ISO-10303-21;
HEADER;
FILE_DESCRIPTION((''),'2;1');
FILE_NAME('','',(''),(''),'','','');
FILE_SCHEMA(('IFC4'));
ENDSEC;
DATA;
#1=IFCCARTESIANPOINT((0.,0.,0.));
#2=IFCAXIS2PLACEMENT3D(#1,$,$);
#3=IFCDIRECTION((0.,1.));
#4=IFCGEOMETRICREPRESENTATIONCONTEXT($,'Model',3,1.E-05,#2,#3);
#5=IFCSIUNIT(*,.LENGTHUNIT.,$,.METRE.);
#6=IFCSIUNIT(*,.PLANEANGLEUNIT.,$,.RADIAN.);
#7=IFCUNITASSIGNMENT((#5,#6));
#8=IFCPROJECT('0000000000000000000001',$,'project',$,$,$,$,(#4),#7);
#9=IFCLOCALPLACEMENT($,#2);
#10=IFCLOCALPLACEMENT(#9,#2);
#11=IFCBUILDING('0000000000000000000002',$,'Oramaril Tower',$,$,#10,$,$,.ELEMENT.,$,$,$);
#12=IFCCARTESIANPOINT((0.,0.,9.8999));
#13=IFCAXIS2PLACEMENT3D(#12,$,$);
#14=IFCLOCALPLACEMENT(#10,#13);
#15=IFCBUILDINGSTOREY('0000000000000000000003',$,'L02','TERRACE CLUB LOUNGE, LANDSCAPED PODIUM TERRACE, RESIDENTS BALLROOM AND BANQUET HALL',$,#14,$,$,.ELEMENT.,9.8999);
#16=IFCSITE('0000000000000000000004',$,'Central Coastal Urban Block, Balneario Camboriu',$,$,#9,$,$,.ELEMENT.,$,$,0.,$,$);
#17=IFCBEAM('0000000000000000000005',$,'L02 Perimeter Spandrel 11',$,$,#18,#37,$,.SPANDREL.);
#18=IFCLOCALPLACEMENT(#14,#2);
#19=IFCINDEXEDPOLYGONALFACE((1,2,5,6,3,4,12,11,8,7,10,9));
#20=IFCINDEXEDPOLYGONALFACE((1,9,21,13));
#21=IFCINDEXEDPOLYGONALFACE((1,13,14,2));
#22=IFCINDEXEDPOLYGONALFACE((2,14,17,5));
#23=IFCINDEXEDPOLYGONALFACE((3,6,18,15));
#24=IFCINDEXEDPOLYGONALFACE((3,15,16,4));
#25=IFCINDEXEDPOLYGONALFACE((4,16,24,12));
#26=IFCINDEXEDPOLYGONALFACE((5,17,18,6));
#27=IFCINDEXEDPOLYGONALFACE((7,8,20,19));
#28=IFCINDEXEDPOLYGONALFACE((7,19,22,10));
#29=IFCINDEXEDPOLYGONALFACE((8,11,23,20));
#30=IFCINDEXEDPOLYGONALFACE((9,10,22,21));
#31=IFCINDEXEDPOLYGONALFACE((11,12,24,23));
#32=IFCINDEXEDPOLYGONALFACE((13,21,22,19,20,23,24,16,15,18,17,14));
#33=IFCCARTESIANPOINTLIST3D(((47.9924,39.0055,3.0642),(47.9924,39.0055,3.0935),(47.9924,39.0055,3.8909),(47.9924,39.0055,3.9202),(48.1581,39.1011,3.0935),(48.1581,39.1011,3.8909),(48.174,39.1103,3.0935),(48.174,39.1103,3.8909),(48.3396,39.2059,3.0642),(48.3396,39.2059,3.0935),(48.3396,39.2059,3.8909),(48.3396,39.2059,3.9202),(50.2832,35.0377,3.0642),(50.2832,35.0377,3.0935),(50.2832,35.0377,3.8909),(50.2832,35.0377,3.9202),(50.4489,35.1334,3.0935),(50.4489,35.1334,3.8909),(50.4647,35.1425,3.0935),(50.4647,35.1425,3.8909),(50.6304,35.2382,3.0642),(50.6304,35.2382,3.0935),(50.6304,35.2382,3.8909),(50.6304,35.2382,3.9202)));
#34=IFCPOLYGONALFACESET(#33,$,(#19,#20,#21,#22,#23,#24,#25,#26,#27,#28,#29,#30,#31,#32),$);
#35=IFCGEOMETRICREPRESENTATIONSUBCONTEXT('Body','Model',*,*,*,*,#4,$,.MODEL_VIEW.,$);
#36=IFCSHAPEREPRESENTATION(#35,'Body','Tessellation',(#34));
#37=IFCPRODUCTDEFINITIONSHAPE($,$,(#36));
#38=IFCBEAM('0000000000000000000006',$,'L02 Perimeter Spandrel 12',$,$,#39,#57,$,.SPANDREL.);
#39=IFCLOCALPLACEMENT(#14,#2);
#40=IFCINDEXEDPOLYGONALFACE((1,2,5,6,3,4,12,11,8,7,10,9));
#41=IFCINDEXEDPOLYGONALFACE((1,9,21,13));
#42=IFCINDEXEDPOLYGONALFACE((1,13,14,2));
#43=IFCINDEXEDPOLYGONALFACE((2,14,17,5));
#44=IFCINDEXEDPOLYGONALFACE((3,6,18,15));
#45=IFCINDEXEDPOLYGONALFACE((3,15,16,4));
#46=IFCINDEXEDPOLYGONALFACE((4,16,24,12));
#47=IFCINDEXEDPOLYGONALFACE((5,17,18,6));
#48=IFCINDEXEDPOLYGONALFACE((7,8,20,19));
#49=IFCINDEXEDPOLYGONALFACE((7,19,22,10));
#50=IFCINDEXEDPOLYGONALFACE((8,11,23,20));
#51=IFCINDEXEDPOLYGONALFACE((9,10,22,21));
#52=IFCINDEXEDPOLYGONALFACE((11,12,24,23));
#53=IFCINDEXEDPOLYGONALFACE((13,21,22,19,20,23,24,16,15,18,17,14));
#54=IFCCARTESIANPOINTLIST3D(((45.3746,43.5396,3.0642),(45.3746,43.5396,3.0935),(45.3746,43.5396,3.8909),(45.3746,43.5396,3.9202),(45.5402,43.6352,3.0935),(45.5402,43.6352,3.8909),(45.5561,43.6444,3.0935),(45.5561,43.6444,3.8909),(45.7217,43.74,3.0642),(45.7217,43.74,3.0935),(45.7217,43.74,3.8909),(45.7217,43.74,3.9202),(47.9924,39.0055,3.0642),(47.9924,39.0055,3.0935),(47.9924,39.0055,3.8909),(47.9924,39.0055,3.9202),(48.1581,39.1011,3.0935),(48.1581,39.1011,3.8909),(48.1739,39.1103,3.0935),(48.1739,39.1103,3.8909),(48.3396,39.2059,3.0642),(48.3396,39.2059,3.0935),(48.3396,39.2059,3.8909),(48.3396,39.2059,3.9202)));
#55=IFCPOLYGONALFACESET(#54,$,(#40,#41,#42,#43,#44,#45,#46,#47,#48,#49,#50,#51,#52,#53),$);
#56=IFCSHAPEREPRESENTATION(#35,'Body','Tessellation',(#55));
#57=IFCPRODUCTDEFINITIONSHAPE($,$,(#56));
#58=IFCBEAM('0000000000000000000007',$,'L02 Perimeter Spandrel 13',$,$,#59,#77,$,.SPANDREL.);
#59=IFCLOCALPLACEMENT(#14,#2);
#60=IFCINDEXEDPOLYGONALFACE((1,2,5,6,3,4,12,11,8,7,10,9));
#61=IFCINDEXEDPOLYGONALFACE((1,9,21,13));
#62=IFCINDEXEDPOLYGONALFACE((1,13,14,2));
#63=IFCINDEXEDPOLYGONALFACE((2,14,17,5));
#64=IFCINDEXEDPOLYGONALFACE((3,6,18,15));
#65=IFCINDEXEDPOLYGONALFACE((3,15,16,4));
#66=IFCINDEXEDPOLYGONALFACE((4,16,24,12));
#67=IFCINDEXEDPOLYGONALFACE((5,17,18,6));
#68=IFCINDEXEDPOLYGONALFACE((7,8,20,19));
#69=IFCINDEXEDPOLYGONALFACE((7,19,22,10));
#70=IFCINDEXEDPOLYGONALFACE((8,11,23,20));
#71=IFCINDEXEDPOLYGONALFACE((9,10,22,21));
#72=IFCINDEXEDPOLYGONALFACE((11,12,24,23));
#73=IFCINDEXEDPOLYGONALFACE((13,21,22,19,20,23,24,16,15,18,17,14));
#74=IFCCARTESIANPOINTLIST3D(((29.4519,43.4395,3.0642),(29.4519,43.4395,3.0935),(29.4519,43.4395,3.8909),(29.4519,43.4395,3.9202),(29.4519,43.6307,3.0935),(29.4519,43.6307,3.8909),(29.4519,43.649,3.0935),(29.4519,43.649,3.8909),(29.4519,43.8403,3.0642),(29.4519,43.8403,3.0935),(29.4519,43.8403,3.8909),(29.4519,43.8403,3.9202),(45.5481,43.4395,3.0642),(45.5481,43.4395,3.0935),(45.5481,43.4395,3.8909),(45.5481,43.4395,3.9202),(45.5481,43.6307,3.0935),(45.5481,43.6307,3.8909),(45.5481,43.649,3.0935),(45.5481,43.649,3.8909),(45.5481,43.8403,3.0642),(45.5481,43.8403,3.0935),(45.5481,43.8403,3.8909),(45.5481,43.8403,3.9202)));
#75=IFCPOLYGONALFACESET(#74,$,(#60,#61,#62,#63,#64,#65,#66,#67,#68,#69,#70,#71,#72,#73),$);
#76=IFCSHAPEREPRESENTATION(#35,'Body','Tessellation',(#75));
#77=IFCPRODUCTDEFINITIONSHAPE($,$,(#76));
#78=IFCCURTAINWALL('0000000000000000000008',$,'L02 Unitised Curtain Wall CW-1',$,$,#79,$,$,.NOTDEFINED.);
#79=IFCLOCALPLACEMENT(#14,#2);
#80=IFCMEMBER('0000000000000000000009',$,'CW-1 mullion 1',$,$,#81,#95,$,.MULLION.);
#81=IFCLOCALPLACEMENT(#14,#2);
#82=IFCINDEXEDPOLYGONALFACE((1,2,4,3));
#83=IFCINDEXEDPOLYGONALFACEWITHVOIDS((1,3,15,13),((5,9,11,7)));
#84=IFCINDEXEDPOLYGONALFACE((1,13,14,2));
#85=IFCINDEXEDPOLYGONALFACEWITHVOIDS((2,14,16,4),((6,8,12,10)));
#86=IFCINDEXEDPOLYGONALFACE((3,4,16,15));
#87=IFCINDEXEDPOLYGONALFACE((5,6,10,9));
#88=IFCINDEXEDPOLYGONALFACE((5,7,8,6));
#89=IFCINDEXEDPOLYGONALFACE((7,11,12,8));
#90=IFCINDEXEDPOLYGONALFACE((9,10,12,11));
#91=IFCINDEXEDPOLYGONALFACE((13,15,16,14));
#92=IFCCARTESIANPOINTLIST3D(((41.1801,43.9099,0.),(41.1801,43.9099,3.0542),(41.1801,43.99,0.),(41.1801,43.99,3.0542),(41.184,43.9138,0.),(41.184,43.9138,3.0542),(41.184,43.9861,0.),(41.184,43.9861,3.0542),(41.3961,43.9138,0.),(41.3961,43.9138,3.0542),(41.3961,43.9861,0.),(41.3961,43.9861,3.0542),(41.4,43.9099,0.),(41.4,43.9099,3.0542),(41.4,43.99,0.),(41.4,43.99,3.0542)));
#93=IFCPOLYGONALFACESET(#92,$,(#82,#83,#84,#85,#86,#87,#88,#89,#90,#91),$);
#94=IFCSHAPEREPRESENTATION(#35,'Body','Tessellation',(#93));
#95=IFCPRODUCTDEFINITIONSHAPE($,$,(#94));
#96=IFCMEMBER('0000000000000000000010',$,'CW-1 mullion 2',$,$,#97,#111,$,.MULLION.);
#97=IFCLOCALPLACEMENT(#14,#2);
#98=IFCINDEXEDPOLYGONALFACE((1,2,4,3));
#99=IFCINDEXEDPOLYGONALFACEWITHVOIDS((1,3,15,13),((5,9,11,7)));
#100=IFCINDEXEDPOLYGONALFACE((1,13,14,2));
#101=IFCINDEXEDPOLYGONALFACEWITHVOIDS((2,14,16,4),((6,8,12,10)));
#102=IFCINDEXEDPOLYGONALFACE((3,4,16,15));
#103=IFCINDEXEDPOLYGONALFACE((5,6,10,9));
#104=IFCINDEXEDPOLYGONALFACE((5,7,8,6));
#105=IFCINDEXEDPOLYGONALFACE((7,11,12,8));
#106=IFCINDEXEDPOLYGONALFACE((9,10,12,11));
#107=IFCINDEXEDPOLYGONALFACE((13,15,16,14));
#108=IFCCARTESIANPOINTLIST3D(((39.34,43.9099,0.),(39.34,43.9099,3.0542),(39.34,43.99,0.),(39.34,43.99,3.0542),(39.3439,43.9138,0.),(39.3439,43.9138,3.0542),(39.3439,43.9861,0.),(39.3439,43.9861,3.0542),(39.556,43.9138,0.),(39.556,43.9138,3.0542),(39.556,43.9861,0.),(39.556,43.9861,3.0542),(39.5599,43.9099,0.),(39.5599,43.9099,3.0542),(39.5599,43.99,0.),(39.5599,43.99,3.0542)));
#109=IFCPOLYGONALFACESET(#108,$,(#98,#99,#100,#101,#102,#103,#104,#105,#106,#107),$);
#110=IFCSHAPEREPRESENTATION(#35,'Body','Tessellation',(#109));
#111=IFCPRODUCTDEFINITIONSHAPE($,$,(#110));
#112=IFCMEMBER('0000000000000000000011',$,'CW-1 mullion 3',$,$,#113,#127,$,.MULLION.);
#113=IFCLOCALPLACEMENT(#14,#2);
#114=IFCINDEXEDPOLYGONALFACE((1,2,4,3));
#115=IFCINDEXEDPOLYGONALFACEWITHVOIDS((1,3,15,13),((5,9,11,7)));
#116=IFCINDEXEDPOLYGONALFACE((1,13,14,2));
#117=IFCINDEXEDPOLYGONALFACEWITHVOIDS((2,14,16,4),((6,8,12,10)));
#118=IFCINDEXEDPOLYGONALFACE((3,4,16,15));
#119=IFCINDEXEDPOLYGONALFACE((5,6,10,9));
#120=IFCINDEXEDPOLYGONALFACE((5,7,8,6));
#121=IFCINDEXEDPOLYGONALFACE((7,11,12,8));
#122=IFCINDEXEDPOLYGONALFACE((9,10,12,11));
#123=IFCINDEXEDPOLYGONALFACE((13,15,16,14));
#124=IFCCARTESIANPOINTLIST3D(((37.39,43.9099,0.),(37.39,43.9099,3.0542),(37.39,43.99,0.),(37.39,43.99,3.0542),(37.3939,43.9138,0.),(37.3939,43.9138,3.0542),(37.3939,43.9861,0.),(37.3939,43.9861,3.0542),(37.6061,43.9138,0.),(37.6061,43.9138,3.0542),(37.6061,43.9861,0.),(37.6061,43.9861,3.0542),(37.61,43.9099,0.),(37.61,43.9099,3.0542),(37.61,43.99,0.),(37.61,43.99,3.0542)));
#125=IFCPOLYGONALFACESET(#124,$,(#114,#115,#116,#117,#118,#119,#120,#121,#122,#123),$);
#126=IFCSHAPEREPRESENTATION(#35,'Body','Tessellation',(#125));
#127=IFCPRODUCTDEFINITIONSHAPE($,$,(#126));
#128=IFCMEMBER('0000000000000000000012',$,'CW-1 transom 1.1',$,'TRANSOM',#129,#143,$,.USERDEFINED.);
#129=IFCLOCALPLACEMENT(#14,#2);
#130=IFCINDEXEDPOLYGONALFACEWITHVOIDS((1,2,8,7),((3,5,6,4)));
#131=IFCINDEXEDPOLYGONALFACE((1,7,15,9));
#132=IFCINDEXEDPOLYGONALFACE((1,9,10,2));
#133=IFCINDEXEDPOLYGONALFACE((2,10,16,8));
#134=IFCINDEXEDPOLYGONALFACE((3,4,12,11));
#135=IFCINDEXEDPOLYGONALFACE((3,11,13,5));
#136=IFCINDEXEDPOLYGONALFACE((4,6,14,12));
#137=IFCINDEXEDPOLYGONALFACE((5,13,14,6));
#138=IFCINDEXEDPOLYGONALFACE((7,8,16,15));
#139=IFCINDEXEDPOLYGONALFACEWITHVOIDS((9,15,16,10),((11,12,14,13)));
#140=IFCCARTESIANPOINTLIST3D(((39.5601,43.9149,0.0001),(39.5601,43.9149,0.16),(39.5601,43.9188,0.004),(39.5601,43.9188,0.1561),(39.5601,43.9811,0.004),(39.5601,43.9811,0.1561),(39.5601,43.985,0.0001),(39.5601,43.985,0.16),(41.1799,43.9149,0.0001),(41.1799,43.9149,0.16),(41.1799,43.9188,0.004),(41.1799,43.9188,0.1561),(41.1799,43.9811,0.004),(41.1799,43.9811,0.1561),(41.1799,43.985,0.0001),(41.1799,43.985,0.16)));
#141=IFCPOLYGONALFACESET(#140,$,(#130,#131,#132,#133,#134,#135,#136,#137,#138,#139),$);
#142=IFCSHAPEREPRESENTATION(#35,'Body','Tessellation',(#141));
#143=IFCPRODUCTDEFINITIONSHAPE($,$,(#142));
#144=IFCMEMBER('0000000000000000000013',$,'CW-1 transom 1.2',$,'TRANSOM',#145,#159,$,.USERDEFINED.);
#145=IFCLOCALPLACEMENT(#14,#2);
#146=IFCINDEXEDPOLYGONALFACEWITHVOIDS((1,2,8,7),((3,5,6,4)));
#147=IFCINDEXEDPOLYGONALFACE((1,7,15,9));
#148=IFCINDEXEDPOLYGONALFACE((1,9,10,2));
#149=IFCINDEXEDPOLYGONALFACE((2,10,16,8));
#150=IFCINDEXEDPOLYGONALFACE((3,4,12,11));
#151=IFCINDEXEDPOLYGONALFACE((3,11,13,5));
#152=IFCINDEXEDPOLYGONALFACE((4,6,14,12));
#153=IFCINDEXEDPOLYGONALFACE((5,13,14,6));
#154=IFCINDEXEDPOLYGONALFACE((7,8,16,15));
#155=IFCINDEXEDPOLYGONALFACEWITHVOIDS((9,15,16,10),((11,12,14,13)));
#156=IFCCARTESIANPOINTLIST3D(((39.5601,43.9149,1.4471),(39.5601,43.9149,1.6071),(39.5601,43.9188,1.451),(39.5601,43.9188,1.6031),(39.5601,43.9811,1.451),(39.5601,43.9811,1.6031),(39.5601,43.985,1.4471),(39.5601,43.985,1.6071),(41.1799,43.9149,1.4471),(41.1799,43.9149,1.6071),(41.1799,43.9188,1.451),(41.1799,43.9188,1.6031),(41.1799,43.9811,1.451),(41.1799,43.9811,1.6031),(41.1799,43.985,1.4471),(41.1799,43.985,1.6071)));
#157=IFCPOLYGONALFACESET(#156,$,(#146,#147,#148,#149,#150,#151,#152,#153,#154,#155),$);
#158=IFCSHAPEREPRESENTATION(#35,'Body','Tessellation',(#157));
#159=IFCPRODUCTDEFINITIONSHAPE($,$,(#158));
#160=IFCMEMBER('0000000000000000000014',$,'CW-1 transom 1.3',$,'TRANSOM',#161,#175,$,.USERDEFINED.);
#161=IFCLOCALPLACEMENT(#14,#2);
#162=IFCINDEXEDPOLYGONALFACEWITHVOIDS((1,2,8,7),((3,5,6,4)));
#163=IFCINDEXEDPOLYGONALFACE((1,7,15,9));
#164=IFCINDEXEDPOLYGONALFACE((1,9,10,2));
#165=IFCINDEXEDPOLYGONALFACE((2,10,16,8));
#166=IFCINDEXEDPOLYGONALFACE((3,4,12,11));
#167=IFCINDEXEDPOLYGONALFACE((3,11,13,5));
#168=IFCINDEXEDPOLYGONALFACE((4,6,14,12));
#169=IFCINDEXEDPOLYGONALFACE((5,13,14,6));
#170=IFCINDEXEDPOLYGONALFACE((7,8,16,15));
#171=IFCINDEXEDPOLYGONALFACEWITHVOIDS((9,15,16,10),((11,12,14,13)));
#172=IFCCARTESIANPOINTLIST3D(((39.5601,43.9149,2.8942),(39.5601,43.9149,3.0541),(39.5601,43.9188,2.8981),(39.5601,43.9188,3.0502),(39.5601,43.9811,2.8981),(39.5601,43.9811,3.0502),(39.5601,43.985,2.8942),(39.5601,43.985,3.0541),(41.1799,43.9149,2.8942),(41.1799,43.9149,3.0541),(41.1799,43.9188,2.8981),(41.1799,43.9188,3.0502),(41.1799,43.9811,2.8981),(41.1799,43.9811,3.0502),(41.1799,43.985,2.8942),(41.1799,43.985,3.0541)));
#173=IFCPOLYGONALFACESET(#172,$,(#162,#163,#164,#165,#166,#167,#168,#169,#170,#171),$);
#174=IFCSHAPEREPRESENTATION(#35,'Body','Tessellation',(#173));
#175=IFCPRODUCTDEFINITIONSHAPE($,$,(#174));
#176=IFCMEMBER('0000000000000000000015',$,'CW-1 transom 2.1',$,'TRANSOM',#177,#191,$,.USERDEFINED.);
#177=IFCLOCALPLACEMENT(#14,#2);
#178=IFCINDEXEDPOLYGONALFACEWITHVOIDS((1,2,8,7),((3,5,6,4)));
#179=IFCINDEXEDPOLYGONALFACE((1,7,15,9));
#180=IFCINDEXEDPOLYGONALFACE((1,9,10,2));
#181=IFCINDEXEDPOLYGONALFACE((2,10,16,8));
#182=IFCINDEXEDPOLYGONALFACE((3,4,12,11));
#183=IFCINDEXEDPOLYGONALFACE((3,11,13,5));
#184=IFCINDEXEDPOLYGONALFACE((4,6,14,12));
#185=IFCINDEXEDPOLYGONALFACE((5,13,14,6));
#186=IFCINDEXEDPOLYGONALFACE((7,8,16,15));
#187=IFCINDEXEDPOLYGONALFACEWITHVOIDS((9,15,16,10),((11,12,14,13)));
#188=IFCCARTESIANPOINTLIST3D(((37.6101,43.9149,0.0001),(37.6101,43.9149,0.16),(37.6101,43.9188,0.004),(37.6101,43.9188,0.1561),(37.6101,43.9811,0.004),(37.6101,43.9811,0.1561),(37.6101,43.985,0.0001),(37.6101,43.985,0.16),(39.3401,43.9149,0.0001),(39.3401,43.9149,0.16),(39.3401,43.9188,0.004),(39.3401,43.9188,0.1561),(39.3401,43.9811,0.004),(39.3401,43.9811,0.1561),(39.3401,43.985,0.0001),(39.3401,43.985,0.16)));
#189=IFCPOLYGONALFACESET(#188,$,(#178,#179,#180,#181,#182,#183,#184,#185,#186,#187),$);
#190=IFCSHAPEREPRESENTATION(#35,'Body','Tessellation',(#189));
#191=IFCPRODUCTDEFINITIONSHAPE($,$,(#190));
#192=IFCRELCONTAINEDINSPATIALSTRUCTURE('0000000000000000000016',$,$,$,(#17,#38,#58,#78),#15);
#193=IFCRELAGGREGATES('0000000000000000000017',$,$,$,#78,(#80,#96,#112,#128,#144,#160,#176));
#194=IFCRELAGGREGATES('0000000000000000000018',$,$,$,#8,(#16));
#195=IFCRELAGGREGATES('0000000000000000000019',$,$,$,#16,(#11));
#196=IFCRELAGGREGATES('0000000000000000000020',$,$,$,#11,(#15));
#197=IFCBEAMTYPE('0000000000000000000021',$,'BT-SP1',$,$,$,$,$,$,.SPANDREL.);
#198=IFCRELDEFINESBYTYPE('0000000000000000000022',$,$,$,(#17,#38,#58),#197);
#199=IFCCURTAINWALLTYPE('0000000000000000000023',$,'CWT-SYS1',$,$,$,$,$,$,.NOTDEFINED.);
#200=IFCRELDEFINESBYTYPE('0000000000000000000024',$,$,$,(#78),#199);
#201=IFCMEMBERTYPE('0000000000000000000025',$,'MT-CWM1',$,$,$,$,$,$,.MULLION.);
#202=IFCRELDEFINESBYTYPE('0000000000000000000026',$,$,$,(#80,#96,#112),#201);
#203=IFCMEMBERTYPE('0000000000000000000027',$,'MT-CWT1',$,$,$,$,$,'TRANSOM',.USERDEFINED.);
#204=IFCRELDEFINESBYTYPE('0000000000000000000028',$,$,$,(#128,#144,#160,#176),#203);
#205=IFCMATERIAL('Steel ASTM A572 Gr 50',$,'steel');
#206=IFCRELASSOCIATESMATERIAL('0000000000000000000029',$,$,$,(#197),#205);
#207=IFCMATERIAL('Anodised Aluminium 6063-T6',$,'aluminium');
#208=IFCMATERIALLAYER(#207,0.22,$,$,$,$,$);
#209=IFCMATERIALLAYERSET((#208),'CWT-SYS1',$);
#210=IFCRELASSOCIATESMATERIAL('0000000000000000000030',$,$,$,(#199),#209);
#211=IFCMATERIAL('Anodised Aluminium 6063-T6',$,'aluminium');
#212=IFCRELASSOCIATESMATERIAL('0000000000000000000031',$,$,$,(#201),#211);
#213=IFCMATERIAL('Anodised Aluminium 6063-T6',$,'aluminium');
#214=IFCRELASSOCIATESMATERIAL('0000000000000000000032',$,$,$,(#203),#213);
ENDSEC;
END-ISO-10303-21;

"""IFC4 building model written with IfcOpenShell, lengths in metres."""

from ifc_helpers import new_model, si_unit, direction, frame, origin, origin_2d, place, context, subcontext, project, spatial, hollow_rectangle, i_section, extrude, material, layer, layer_set, material_profile, profile_set, type_object, element, aggregate, save


model = new_model("IFC4")

# Units and contexts
model_context = context("Model", 3, precision=1e-05, world=origin(), true_north=direction((0.0, 1.0)))
body_context = subcontext(model_context, "Body", "Model", "MODEL_VIEW")
ifc_project = project(units=[si_unit("LENGTHUNIT", "METRE"), si_unit("PLANEANGLEUNIT", "RADIAN")], contexts=[model_context])

# Site, building, storey
site_placement = place(None, origin())
site = spatial("IfcSite", under=ifc_project, at=site_placement, Name="Central Coastal Urban Block, Balneario Camboriu", CompositionType="ELEMENT", RefElevation=0.0)
building_placement = place(site_placement, origin())
building = spatial("IfcBuilding", under=site, at=building_placement, Name="Oramaril Tower", CompositionType="ELEMENT")
storey_placement = place(building_placement, frame((0.0, 0.0, 9.8999)))
storey = spatial("IfcBuildingStorey", under=building, at=storey_placement, Name="L02", Description="TERRACE CLUB LOUNGE, LANDSCAPED PODIUM TERRACE, RESIDENTS BALLROOM AND BANQUET HALL", CompositionType="ELEMENT", Elevation=9.8999)

# Beams
ifc_material_1 = material(Name="Steel ASTM A572 Gr 50", Category="steel")
ifc_material_profile_1 = material_profile(ifc_material_1, i_section(OverallWidth=0.4009, OverallDepth=0.856, WebThickness=0.0183, FlangeThickness=0.0293, at=origin_2d()), Name="W33X201")
ifc_profile_set_1 = profile_set([ifc_material_profile_1], Name="Steel ASTM A572 Gr 50")
beam_type_1 = type_object("IfcBeamType", Name="BT-SP1", PredefinedType="SPANDREL", material=ifc_profile_set_1)
beam_1_placement = place(storey_placement, frame((50.4568, 35.1379, 3.4922), z_axis=(-0.499996, 0.866028, 0.0), x_axis=(-0.866028, -0.499996, 0.0)))
element("IfcBeam", 1, at=beam_1_placement, inside=storey, type_object=beam_type_1, Name="L02 Perimeter Spandrel 11", PredefinedType="SPANDREL", context=body_context, shape_type="SweptSolid", body=[
    extrude(i_section(OverallWidth=0.4009, OverallDepth=0.856, WebThickness=0.0183, FlangeThickness=0.0293, at=origin_2d()), origin(), (0.0, 0.0, 1.0), 4.5815),
])
beam_2_placement = place(storey_placement, frame((48.166, 39.1057, 3.4922), z_axis=(-0.500016, 0.866016, 0.0), x_axis=(-0.866016, -0.500016, 0.0)))
element("IfcBeam", 2, at=beam_2_placement, inside=storey, type_object=beam_type_1, Name="L02 Perimeter Spandrel 12", PredefinedType="SPANDREL", context=body_context, shape_type="SweptSolid", body=[
    extrude(i_section(OverallWidth=0.4009, OverallDepth=0.856, WebThickness=0.0183, FlangeThickness=0.0293, at=origin_2d()), origin(), (0.0, 0.0, 1.0), 5.2356),
])
beam_3_placement = place(storey_placement, frame((45.5481, 43.6399, 3.4922), z_axis=(-1.0, 0.0, 0.0), x_axis=(0.0, -1.0, 0.0)))
element("IfcBeam", 3, at=beam_3_placement, inside=storey, type_object=beam_type_1, Name="L02 Perimeter Spandrel 13", PredefinedType="SPANDREL", context=body_context, shape_type="SweptSolid", body=[
    extrude(i_section(OverallWidth=0.4009, OverallDepth=0.856, WebThickness=0.0183, FlangeThickness=0.0293, at=origin_2d()), origin(), (0.0, 0.0, 1.0), 16.0962),
])

# Curtain wall, members
ifc_material_2 = material(Name="Anodised Aluminium 6063-T6", Category="aluminium")
ifc_layer_1 = layer(ifc_material_2, 0.22)
ifc_layer_set_1 = layer_set([ifc_layer_1], Name="CWT-SYS1")
curtain_wall_type = type_object("IfcCurtainWallType", Name="CWT-SYS1", PredefinedType="NOTDEFINED", material=ifc_layer_set_1)
curtain_wall_placement = place(storey_placement, origin())
curtain_wall = element("IfcCurtainWall", 4, at=curtain_wall_placement, inside=storey, type_object=curtain_wall_type, Name="L02 Unitised Curtain Wall CW-1", PredefinedType="NOTDEFINED")
ifc_material_3 = material(Name="Anodised Aluminium 6063-T6", Category="aluminium")
ifc_material_profile_2 = material_profile(ifc_material_3, hollow_rectangle(XDim=0.0801, YDim=0.22, WallThickness=0.0039, at=origin_2d()), Name="CWM220X80")
ifc_profile_set_2 = profile_set([ifc_material_profile_2], Name="Anodised Aluminium 6063-T6")
member_type_1 = type_object("IfcMemberType", Name="MT-CWM1", PredefinedType="MULLION", material=ifc_profile_set_2)
member_1_placement = place(storey_placement, frame((41.29, 43.95, 0.0), z_axis=(0.0, 0.0, 1.0), x_axis=(0.0, -1.0, 0.0)))
member_1 = element("IfcMember", 5, at=member_1_placement, type_object=member_type_1, Name="CW-1 mullion 1", PredefinedType="MULLION", context=body_context, shape_type="SweptSolid", body=[
    extrude(hollow_rectangle(XDim=0.0801, YDim=0.22, WallThickness=0.0039, at=origin_2d()), origin(), (0.0, 0.0, 1.0), 3.0542),
])
member_2_placement = place(storey_placement, frame((39.45, 43.95, 0.0), z_axis=(0.0, 0.0, 1.0), x_axis=(0.0, -1.0, 0.0)))
member_2 = element("IfcMember", 6, at=member_2_placement, type_object=member_type_1, Name="CW-1 mullion 2", PredefinedType="MULLION", context=body_context, shape_type="SweptSolid", body=[
    extrude(hollow_rectangle(XDim=0.0801, YDim=0.22, WallThickness=0.0039, at=origin_2d()), origin(), (0.0, 0.0, 1.0), 3.0542),
])
member_3_placement = place(storey_placement, frame((37.5, 43.95, 0.0), z_axis=(0.0, 0.0, 1.0), x_axis=(0.0, -1.0, 0.0)))
member_3 = element("IfcMember", 7, at=member_3_placement, type_object=member_type_1, Name="CW-1 mullion 3", PredefinedType="MULLION", context=body_context, shape_type="SweptSolid", body=[
    extrude(hollow_rectangle(XDim=0.0801, YDim=0.22, WallThickness=0.0039, at=origin_2d()), origin(), (0.0, 0.0, 1.0), 3.0542),
])
ifc_material_4 = material(Name="Anodised Aluminium 6063-T6", Category="aluminium")
ifc_material_profile_3 = material_profile(ifc_material_4, hollow_rectangle(XDim=0.0701, YDim=0.1599, WallThickness=0.0039, at=origin_2d()), Name="CWT160X70")
ifc_profile_set_3 = profile_set([ifc_material_profile_3], Name="Anodised Aluminium 6063-T6")
member_type_2 = type_object("IfcMemberType", Name="MT-CWT1", ElementType="TRANSOM", PredefinedType="USERDEFINED", material=ifc_profile_set_3)
member_4_placement = place(storey_placement, frame((41.1799, 43.95, 0.0801), z_axis=(-1.0, 0.0, 0.0), x_axis=(0.0, -1.0, 0.0)))
member_4 = element("IfcMember", 8, at=member_4_placement, type_object=member_type_2, Name="CW-1 transom 1.1", ObjectType="TRANSOM", PredefinedType="USERDEFINED", context=body_context, shape_type="SweptSolid", body=[
    extrude(hollow_rectangle(XDim=0.0701, YDim=0.1599, WallThickness=0.0039, at=origin_2d()), origin(), (0.0, 0.0, 1.0), 1.6199),
])
member_5_placement = place(storey_placement, frame((41.1799, 43.95, 1.5271), z_axis=(-1.0, 0.0, 0.0), x_axis=(0.0, -1.0, 0.0)))
member_5 = element("IfcMember", 9, at=member_5_placement, type_object=member_type_2, Name="CW-1 transom 1.2", ObjectType="TRANSOM", PredefinedType="USERDEFINED", context=body_context, shape_type="SweptSolid", body=[
    extrude(hollow_rectangle(XDim=0.0701, YDim=0.1599, WallThickness=0.0039, at=origin_2d()), origin(), (0.0, 0.0, 1.0), 1.6199),
])
member_6_placement = place(storey_placement, frame((41.1799, 43.95, 2.9741), z_axis=(-1.0, 0.0, 0.0), x_axis=(0.0, -1.0, 0.0)))
member_6 = element("IfcMember", 10, at=member_6_placement, type_object=member_type_2, Name="CW-1 transom 1.3", ObjectType="TRANSOM", PredefinedType="USERDEFINED", context=body_context, shape_type="SweptSolid", body=[
    extrude(hollow_rectangle(XDim=0.0701, YDim=0.1599, WallThickness=0.0039, at=origin_2d()), origin(), (0.0, 0.0, 1.0), 1.6199),
])
member_7_placement = place(storey_placement, frame((39.3401, 43.95, 0.0801), z_axis=(-1.0, 0.0, 0.0), x_axis=(0.0, -1.0, 0.0)))
member_7 = element("IfcMember", 11, at=member_7_placement, type_object=member_type_2, Name="CW-1 transom 2.1", ObjectType="TRANSOM", PredefinedType="USERDEFINED", context=body_context, shape_type="SweptSolid", body=[
    extrude(hollow_rectangle(XDim=0.0701, YDim=0.1599, WallThickness=0.0039, at=origin_2d()), origin(), (0.0, 0.0, 1.0), 1.73),
])
aggregate(curtain_wall, [member_1, member_2, member_3, member_4, member_5, member_6, member_7])

save(model, "model.ifc")
